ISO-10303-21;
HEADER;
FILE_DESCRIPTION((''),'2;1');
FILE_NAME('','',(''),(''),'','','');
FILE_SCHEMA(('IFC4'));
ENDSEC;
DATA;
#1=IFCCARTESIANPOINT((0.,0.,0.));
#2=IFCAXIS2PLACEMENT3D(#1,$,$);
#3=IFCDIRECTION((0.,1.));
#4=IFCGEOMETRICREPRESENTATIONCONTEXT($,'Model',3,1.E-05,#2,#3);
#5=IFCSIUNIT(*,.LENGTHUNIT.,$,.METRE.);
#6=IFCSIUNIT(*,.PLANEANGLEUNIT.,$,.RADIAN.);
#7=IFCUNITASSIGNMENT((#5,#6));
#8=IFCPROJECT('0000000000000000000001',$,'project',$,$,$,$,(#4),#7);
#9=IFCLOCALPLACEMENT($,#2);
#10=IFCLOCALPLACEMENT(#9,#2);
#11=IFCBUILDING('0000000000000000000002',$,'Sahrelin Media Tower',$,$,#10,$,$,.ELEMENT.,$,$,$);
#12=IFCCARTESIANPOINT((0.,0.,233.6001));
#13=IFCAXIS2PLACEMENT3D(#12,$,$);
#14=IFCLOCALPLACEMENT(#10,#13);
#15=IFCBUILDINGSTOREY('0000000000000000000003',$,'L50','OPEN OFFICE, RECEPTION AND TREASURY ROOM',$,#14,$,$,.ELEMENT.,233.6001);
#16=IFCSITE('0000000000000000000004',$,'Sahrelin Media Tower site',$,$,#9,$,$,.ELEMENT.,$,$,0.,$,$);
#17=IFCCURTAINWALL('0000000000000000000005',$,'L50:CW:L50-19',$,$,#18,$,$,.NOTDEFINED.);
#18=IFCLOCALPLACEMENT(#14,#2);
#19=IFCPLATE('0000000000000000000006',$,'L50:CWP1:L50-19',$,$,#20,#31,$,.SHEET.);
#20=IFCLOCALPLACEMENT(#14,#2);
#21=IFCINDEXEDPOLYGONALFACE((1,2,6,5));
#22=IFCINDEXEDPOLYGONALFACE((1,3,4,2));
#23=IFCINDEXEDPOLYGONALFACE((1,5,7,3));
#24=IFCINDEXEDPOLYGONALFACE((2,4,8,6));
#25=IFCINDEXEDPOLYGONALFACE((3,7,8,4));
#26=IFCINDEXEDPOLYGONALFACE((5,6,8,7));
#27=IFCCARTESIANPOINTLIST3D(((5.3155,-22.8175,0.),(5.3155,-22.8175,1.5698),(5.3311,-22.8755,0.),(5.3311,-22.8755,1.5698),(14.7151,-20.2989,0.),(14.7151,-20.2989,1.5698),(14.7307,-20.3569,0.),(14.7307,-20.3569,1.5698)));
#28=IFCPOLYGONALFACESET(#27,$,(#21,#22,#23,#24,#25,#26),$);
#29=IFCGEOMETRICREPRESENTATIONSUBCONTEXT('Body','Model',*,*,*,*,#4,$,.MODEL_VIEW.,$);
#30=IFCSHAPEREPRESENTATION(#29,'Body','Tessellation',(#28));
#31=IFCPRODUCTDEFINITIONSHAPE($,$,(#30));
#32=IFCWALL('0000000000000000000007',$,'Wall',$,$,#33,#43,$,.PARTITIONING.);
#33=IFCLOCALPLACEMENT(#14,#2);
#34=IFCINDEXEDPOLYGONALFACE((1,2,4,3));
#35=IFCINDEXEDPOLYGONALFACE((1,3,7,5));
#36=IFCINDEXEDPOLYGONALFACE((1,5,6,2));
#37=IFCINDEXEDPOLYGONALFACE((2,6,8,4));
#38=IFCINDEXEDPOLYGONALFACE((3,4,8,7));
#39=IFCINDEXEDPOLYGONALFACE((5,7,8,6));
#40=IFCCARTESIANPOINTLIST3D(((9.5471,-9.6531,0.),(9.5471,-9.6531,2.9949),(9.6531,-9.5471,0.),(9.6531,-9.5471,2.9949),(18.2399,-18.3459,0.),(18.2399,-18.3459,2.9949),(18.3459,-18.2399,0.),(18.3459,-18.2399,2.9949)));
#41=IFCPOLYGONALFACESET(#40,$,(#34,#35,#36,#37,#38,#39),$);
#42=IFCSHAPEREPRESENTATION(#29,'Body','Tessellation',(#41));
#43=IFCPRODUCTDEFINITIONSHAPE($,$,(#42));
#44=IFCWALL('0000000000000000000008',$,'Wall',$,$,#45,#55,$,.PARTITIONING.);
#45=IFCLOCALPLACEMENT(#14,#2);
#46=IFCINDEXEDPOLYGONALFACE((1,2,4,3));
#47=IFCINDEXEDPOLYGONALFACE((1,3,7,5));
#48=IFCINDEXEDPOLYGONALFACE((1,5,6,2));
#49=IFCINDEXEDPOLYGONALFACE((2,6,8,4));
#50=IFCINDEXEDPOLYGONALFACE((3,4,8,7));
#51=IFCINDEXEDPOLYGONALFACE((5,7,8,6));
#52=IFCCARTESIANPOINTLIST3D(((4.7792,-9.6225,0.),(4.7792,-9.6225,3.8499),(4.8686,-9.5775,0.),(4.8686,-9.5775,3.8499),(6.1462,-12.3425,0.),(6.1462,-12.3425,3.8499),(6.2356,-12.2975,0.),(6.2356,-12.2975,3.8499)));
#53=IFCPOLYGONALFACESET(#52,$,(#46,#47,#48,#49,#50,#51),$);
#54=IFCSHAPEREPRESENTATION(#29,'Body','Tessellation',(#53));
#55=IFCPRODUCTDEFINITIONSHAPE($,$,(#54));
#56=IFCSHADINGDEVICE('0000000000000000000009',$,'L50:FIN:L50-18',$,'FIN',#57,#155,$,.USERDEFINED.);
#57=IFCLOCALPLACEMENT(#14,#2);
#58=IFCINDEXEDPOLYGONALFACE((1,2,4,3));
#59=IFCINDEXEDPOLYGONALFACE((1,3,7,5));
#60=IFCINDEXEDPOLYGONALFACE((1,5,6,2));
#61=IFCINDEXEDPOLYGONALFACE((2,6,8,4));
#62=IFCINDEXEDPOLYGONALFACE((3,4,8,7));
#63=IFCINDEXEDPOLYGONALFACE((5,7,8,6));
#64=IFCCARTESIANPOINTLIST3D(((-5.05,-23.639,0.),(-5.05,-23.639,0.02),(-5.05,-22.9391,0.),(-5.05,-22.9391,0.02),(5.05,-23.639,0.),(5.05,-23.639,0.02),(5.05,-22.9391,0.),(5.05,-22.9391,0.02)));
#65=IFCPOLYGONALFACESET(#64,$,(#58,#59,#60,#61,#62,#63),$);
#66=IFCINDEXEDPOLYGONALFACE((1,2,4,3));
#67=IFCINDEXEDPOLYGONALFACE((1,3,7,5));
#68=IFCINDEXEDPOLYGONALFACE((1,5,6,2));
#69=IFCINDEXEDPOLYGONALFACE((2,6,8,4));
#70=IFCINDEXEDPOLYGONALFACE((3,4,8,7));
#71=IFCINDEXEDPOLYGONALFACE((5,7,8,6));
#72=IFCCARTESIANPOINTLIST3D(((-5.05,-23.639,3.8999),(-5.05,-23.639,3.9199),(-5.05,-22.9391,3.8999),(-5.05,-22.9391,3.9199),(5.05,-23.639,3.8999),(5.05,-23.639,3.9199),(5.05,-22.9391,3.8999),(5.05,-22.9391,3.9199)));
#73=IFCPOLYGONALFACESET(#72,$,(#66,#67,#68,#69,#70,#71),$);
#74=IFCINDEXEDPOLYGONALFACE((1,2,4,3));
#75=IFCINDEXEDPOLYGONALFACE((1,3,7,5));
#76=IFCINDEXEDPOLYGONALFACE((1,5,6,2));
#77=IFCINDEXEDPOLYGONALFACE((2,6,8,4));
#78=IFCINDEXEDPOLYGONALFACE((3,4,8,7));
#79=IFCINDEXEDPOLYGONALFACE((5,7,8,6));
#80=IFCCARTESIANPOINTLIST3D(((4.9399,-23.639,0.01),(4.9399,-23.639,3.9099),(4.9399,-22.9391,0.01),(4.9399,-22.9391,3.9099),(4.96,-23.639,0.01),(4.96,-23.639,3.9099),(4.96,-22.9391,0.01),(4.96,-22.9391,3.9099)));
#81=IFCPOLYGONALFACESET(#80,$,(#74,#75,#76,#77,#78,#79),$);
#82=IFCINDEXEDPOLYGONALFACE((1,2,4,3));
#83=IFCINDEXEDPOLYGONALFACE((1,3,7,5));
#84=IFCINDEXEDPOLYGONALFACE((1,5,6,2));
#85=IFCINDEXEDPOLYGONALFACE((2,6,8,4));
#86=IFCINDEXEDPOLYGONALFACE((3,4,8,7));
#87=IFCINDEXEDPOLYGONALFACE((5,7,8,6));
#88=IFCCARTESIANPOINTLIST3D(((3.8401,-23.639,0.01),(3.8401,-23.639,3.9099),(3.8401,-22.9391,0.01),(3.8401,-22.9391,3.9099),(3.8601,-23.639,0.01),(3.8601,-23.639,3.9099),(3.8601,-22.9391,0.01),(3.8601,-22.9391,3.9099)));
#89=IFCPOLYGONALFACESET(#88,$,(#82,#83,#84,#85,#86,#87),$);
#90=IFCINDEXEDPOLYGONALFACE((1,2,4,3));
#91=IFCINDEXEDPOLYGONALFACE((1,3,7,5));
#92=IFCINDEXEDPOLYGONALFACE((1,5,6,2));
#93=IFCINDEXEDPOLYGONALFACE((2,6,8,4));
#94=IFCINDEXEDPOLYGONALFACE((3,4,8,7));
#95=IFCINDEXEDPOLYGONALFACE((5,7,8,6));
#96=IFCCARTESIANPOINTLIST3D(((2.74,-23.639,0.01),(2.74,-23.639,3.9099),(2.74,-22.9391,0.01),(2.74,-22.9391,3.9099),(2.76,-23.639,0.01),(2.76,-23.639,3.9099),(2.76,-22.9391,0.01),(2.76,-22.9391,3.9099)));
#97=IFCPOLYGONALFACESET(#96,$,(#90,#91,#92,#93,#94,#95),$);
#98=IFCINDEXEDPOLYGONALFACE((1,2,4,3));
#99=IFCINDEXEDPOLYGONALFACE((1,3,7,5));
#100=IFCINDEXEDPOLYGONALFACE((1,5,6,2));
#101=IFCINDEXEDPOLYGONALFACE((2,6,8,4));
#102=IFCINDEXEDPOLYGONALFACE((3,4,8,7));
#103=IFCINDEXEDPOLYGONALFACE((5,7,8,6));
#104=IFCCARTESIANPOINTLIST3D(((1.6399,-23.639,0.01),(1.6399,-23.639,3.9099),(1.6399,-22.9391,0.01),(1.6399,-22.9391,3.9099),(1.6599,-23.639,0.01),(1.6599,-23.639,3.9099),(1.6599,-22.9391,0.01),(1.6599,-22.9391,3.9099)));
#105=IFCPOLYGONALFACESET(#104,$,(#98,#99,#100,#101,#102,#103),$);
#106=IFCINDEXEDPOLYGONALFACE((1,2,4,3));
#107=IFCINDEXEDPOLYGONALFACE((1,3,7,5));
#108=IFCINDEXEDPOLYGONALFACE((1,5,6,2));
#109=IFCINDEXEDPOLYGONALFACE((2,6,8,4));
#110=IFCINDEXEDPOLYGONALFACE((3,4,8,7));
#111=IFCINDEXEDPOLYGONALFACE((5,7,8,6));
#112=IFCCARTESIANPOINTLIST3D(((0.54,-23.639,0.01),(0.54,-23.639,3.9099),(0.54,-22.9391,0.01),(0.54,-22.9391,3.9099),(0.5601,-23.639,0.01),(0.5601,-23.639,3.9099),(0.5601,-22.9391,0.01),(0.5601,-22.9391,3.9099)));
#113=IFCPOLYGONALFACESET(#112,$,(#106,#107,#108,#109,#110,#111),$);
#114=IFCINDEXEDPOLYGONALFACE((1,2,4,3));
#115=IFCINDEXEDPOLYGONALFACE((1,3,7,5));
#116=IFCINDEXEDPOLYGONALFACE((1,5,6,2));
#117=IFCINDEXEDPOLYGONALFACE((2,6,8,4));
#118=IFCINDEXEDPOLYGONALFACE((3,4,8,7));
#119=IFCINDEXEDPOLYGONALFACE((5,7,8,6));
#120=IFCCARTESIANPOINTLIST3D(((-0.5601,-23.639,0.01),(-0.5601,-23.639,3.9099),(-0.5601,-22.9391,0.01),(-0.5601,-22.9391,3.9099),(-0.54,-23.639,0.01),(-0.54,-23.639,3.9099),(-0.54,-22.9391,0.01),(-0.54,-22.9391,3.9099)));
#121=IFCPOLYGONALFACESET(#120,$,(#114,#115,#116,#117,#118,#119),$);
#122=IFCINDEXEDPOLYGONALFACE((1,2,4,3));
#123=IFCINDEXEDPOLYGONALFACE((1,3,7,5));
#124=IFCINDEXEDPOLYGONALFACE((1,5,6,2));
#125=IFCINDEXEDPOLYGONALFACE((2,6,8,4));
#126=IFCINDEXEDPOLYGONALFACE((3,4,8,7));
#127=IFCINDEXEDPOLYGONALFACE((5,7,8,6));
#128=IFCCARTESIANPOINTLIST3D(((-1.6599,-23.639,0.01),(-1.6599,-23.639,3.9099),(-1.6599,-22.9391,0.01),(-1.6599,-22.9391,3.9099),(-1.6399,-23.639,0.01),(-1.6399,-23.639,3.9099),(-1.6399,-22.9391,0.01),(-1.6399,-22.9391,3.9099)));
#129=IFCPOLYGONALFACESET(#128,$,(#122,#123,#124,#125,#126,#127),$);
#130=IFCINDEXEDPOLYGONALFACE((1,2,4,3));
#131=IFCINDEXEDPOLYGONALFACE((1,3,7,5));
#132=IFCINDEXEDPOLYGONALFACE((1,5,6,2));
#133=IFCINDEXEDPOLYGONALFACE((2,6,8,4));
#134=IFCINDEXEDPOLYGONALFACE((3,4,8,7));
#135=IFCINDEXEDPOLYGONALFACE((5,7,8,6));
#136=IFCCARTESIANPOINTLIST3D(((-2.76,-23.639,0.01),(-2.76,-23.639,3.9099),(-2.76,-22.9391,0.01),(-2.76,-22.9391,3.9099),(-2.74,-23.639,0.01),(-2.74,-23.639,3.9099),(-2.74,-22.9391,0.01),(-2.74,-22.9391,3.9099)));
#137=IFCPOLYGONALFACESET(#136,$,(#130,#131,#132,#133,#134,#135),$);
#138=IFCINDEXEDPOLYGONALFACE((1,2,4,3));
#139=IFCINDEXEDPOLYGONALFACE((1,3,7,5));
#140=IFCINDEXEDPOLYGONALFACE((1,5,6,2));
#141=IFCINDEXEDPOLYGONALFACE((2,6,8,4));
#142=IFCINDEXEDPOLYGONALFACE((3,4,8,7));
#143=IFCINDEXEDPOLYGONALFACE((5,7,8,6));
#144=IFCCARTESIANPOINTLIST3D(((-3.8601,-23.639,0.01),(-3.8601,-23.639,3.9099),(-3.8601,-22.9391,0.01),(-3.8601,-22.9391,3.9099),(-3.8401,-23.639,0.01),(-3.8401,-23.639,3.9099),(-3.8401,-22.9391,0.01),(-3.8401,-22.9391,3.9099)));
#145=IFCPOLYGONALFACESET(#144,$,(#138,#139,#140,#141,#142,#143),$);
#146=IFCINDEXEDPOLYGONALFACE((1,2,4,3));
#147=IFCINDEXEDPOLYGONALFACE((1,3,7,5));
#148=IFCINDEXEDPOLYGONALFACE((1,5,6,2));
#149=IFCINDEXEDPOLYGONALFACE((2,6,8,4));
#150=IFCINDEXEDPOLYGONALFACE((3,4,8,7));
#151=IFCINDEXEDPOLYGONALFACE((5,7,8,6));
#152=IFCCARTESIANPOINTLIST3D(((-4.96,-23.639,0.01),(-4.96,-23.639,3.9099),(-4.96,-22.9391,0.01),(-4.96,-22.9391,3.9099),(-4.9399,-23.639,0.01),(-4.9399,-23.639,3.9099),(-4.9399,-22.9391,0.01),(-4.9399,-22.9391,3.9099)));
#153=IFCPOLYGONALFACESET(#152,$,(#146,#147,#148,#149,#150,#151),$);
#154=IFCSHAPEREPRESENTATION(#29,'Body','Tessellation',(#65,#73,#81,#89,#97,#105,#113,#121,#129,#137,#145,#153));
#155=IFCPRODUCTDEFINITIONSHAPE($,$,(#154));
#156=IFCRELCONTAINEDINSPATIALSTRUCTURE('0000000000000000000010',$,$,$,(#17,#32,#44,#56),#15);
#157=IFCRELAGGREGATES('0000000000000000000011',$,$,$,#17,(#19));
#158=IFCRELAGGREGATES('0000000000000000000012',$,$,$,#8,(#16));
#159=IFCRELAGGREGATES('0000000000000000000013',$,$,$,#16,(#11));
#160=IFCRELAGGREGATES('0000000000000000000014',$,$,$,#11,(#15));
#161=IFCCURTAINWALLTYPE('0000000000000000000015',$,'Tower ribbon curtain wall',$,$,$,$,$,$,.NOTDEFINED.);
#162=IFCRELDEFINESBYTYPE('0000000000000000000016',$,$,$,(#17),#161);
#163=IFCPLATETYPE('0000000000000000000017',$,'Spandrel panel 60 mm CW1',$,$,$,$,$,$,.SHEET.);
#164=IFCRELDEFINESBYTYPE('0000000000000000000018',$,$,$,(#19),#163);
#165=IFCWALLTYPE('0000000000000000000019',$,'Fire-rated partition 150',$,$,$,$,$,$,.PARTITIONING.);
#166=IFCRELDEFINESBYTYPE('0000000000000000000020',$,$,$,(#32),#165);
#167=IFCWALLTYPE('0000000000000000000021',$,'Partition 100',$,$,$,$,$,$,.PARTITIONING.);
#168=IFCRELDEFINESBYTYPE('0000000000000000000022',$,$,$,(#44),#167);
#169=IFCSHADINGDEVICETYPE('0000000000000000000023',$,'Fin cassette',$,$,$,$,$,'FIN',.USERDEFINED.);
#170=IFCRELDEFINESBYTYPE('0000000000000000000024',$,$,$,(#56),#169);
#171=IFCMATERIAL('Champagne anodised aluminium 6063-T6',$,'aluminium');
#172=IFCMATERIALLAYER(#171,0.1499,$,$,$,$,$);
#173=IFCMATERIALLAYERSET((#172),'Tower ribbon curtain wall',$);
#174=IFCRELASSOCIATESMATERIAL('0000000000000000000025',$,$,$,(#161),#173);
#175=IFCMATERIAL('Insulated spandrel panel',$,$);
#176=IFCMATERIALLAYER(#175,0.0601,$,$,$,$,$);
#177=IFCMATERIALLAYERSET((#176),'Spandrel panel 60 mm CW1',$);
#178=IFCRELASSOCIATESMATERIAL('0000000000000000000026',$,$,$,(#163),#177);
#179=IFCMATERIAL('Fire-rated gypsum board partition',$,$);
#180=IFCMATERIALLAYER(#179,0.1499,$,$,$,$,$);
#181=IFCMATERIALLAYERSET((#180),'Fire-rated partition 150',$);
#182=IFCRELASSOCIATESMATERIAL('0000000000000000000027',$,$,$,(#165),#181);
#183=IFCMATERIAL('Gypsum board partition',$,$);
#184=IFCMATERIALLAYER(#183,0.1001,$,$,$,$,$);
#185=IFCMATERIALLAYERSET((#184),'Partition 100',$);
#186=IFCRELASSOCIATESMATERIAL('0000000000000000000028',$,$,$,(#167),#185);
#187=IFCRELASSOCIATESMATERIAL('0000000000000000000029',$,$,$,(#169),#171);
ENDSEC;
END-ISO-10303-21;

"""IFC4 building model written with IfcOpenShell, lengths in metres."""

from ifc_helpers import new_model, si_unit, direction, frame, frame_2d, origin, origin_2d, place, context, subcontext, project, spatial, polyline, rectangle, outline, extrude, material, layer, layer_set, type_object, element, aggregate, save


model = new_model("IFC4")

# Units and contexts
model_context = context("Model", 3, precision=1e-05, world=origin(), true_north=direction((0.0, 1.0)))
body_context = subcontext(model_context, "Body", "Model", "MODEL_VIEW")
ifc_project = project(units=[si_unit("LENGTHUNIT", "METRE"), si_unit("PLANEANGLEUNIT", "RADIAN")], contexts=[model_context])

# Site, building, storey
site_placement = place(None, origin())
site = spatial("IfcSite", under=ifc_project, at=site_placement, Name="Sahrelin Media Tower site", CompositionType="ELEMENT", RefElevation=0.0)
building_placement = place(site_placement, origin())
building = spatial("IfcBuilding", under=site, at=building_placement, Name="Sahrelin Media Tower", CompositionType="ELEMENT")
storey_placement = place(building_placement, frame((0.0, 0.0, 233.6001)))
storey = spatial("IfcBuildingStorey", under=building, at=storey_placement, Name="L50", Description="OPEN OFFICE, RECEPTION AND TREASURY ROOM", CompositionType="ELEMENT", Elevation=233.6001)

# Curtain wall
ifc_material_1 = material(Name="Champagne anodised aluminium 6063-T6", Category="aluminium")
ifc_layer_1 = layer(ifc_material_1, 0.1499)
ifc_layer_set_1 = layer_set([ifc_layer_1], Name="Tower ribbon curtain wall")
curtain_wall_type = type_object("IfcCurtainWallType", Name="Tower ribbon curtain wall", PredefinedType="NOTDEFINED", material=ifc_layer_set_1)
curtain_wall_1_placement = place(storey_placement, frame((10.0256, -21.5969, 0.0), z_axis=(0.0, 0.0, 1.0), x_axis=(1.0, 0.0, 0.0)))
curtain_wall_1 = element("IfcCurtainWall", 1, at=curtain_wall_1_placement, inside=storey, type_object=curtain_wall_type, Name="L50:CW:L50-19", PredefinedType="NOTDEFINED")

# Plate
ifc_material_2 = material(Name="Insulated spandrel panel")
ifc_layer_2 = layer(ifc_material_2, 0.0601)
ifc_layer_set_2 = layer_set([ifc_layer_2], Name="Spandrel panel 60 mm CW1")
plate_type_1 = type_object("IfcPlateType", Name="Spandrel panel 60 mm CW1", PredefinedType="SHEET", material=ifc_layer_set_2)
plate_1_placement = place(storey_placement, frame((5.3311, -22.8755, 0.0), z_axis=(0.258812, -0.965928, 0.0), x_axis=(0.965928, 0.258812, 0.0)))
plate_1 = element("IfcPlate", 2, at=plate_1_placement, type_object=plate_type_1, Name="L50:CWP1:L50-19", PredefinedType="SHEET", context=body_context, shape_type="SweptSolid", body=[
    extrude(outline(polyline([(0.0, 0.0), (9.7312, 0.0), (9.7312, 1.5698), (0.0, 1.5698), (0.0, 0.0)])), origin(), (0.0, 0.0, -1.0), 0.0601),
])
aggregate(curtain_wall_1, [plate_1])

# Walls
ifc_material_3 = material(Name="Fire-rated gypsum board partition")
ifc_layer_3 = layer(ifc_material_3, 0.1499)
ifc_layer_set_3 = layer_set([ifc_layer_3], Name="Fire-rated partition 150")
wall_type_1 = type_object("IfcWallType", Name="Fire-rated partition 150", PredefinedType="PARTITIONING", material=ifc_layer_set_3)
wall_1_placement = place(storey_placement, frame((9.6001, -9.6001, 0.0), z_axis=(0.0, 0.0, 1.0), x_axis=(0.707107, -0.707107, 0.0)))
element("IfcWall", 3, at=wall_1_placement, inside=storey, type_object=wall_type_1, Name="Wall", PredefinedType="PARTITIONING", context=body_context, shape_type="SweptSolid", body=[
    extrude(rectangle(XDim=12.2935, YDim=0.1499, at=frame_2d((6.1467, 0.0))), origin(), (0.0, 0.0, 1.0), 2.9949),
])
ifc_material_4 = material(Name="Gypsum board partition")
ifc_layer_4 = layer(ifc_material_4, 0.1001)
ifc_layer_set_4 = layer_set([ifc_layer_4], Name="Partition 100")
wall_type_2 = type_object("IfcWallType", Name="Partition 100", PredefinedType="PARTITIONING", material=ifc_layer_set_4)
wall_2_placement = place(storey_placement, frame((4.824, -9.6001, 0.0), z_axis=(0.0, 0.0, 1.0), x_axis=(0.449041, -0.893511, 0.0)))
element("IfcWall", 4, at=wall_2_placement, inside=storey, type_object=wall_type_2, Name="Wall", PredefinedType="PARTITIONING", context=body_context, shape_type="SweptSolid", body=[
    extrude(rectangle(XDim=3.0442, YDim=0.1001, at=frame_2d((1.522, 0.0))), origin(), (0.0, 0.0, 1.0), 3.8499),
])

# Shading device
shading_device_type_1 = type_object("IfcShadingDeviceType", Name="Fin cassette", ElementType="FIN", PredefinedType="USERDEFINED", material=ifc_material_1)
placement_1 = place(storey_placement, frame((0.0, -22.8691, 0.0), z_axis=(0.0, 0.0, 1.0), x_axis=(-1.0, 0.0, 0.0)))
element("IfcShadingDevice", 5, at=placement_1, inside=storey, type_object=shading_device_type_1, Name="L50:FIN:L50-18", ObjectType="FIN", PredefinedType="USERDEFINED", context=body_context, shape_type="SweptSolid", body=[
    extrude(rectangle(XDim=10.1001, YDim=0.7, at=origin_2d()), frame((0.0, 0.4199, 0.0)), (0.0, 0.0, 1.0), 0.02),
    extrude(rectangle(XDim=10.1001, YDim=0.7, at=origin_2d()), frame((0.0, 0.4199, 3.8999)), (0.0, 0.0, 1.0), 0.02),
    extrude(rectangle(XDim=0.02, YDim=0.7, at=origin_2d()), frame((-4.95, 0.4199, 0.01), z_axis=(0.0, 0.0, 1.0), x_axis=(1.0, 0.0, 0.0)), (0.0, 0.0, 1.0), 3.8999),
    extrude(rectangle(XDim=0.02, YDim=0.7, at=origin_2d()), frame((-3.8501, 0.4199, 0.01), z_axis=(0.0, 0.0, 1.0), x_axis=(1.0, 0.0, 0.0)), (0.0, 0.0, 1.0), 3.8999),
    extrude(rectangle(XDim=0.02, YDim=0.7, at=origin_2d()), frame((-2.75, 0.4199, 0.01), z_axis=(0.0, 0.0, 1.0), x_axis=(1.0, 0.0, 0.0)), (0.0, 0.0, 1.0), 3.8999),
    extrude(rectangle(XDim=0.02, YDim=0.7, at=origin_2d()), frame((-1.6499, 0.4199, 0.01), z_axis=(0.0, 0.0, 1.0), x_axis=(1.0, 0.0, 0.0)), (0.0, 0.0, 1.0), 3.8999),
    extrude(rectangle(XDim=0.02, YDim=0.7, at=origin_2d()), frame((-0.55, 0.4199, 0.01), z_axis=(0.0, 0.0, 1.0), x_axis=(1.0, 0.0, 0.0)), (0.0, 0.0, 1.0), 3.8999),
    extrude(rectangle(XDim=0.02, YDim=0.7, at=origin_2d()), frame((0.55, 0.4199, 0.01), z_axis=(0.0, 0.0, 1.0), x_axis=(1.0, 0.0, 0.0)), (0.0, 0.0, 1.0), 3.8999),
    extrude(rectangle(XDim=0.02, YDim=0.7, at=origin_2d()), frame((1.6499, 0.4199, 0.01), z_axis=(0.0, 0.0, 1.0), x_axis=(1.0, 0.0, 0.0)), (0.0, 0.0, 1.0), 3.8999),
    extrude(rectangle(XDim=0.02, YDim=0.7, at=origin_2d()), frame((2.75, 0.4199, 0.01), z_axis=(0.0, 0.0, 1.0), x_axis=(1.0, 0.0, 0.0)), (0.0, 0.0, 1.0), 3.8999),
    extrude(rectangle(XDim=0.02, YDim=0.7, at=origin_2d()), frame((3.8501, 0.4199, 0.01), z_axis=(0.0, 0.0, 1.0), x_axis=(1.0, 0.0, 0.0)), (0.0, 0.0, 1.0), 3.8999),
    extrude(rectangle(XDim=0.02, YDim=0.7, at=origin_2d()), frame((4.95, 0.4199, 0.01), z_axis=(0.0, 0.0, 1.0), x_axis=(1.0, 0.0, 0.0)), (0.0, 0.0, 1.0), 3.8999),
])

save(model, "model.ifc")
